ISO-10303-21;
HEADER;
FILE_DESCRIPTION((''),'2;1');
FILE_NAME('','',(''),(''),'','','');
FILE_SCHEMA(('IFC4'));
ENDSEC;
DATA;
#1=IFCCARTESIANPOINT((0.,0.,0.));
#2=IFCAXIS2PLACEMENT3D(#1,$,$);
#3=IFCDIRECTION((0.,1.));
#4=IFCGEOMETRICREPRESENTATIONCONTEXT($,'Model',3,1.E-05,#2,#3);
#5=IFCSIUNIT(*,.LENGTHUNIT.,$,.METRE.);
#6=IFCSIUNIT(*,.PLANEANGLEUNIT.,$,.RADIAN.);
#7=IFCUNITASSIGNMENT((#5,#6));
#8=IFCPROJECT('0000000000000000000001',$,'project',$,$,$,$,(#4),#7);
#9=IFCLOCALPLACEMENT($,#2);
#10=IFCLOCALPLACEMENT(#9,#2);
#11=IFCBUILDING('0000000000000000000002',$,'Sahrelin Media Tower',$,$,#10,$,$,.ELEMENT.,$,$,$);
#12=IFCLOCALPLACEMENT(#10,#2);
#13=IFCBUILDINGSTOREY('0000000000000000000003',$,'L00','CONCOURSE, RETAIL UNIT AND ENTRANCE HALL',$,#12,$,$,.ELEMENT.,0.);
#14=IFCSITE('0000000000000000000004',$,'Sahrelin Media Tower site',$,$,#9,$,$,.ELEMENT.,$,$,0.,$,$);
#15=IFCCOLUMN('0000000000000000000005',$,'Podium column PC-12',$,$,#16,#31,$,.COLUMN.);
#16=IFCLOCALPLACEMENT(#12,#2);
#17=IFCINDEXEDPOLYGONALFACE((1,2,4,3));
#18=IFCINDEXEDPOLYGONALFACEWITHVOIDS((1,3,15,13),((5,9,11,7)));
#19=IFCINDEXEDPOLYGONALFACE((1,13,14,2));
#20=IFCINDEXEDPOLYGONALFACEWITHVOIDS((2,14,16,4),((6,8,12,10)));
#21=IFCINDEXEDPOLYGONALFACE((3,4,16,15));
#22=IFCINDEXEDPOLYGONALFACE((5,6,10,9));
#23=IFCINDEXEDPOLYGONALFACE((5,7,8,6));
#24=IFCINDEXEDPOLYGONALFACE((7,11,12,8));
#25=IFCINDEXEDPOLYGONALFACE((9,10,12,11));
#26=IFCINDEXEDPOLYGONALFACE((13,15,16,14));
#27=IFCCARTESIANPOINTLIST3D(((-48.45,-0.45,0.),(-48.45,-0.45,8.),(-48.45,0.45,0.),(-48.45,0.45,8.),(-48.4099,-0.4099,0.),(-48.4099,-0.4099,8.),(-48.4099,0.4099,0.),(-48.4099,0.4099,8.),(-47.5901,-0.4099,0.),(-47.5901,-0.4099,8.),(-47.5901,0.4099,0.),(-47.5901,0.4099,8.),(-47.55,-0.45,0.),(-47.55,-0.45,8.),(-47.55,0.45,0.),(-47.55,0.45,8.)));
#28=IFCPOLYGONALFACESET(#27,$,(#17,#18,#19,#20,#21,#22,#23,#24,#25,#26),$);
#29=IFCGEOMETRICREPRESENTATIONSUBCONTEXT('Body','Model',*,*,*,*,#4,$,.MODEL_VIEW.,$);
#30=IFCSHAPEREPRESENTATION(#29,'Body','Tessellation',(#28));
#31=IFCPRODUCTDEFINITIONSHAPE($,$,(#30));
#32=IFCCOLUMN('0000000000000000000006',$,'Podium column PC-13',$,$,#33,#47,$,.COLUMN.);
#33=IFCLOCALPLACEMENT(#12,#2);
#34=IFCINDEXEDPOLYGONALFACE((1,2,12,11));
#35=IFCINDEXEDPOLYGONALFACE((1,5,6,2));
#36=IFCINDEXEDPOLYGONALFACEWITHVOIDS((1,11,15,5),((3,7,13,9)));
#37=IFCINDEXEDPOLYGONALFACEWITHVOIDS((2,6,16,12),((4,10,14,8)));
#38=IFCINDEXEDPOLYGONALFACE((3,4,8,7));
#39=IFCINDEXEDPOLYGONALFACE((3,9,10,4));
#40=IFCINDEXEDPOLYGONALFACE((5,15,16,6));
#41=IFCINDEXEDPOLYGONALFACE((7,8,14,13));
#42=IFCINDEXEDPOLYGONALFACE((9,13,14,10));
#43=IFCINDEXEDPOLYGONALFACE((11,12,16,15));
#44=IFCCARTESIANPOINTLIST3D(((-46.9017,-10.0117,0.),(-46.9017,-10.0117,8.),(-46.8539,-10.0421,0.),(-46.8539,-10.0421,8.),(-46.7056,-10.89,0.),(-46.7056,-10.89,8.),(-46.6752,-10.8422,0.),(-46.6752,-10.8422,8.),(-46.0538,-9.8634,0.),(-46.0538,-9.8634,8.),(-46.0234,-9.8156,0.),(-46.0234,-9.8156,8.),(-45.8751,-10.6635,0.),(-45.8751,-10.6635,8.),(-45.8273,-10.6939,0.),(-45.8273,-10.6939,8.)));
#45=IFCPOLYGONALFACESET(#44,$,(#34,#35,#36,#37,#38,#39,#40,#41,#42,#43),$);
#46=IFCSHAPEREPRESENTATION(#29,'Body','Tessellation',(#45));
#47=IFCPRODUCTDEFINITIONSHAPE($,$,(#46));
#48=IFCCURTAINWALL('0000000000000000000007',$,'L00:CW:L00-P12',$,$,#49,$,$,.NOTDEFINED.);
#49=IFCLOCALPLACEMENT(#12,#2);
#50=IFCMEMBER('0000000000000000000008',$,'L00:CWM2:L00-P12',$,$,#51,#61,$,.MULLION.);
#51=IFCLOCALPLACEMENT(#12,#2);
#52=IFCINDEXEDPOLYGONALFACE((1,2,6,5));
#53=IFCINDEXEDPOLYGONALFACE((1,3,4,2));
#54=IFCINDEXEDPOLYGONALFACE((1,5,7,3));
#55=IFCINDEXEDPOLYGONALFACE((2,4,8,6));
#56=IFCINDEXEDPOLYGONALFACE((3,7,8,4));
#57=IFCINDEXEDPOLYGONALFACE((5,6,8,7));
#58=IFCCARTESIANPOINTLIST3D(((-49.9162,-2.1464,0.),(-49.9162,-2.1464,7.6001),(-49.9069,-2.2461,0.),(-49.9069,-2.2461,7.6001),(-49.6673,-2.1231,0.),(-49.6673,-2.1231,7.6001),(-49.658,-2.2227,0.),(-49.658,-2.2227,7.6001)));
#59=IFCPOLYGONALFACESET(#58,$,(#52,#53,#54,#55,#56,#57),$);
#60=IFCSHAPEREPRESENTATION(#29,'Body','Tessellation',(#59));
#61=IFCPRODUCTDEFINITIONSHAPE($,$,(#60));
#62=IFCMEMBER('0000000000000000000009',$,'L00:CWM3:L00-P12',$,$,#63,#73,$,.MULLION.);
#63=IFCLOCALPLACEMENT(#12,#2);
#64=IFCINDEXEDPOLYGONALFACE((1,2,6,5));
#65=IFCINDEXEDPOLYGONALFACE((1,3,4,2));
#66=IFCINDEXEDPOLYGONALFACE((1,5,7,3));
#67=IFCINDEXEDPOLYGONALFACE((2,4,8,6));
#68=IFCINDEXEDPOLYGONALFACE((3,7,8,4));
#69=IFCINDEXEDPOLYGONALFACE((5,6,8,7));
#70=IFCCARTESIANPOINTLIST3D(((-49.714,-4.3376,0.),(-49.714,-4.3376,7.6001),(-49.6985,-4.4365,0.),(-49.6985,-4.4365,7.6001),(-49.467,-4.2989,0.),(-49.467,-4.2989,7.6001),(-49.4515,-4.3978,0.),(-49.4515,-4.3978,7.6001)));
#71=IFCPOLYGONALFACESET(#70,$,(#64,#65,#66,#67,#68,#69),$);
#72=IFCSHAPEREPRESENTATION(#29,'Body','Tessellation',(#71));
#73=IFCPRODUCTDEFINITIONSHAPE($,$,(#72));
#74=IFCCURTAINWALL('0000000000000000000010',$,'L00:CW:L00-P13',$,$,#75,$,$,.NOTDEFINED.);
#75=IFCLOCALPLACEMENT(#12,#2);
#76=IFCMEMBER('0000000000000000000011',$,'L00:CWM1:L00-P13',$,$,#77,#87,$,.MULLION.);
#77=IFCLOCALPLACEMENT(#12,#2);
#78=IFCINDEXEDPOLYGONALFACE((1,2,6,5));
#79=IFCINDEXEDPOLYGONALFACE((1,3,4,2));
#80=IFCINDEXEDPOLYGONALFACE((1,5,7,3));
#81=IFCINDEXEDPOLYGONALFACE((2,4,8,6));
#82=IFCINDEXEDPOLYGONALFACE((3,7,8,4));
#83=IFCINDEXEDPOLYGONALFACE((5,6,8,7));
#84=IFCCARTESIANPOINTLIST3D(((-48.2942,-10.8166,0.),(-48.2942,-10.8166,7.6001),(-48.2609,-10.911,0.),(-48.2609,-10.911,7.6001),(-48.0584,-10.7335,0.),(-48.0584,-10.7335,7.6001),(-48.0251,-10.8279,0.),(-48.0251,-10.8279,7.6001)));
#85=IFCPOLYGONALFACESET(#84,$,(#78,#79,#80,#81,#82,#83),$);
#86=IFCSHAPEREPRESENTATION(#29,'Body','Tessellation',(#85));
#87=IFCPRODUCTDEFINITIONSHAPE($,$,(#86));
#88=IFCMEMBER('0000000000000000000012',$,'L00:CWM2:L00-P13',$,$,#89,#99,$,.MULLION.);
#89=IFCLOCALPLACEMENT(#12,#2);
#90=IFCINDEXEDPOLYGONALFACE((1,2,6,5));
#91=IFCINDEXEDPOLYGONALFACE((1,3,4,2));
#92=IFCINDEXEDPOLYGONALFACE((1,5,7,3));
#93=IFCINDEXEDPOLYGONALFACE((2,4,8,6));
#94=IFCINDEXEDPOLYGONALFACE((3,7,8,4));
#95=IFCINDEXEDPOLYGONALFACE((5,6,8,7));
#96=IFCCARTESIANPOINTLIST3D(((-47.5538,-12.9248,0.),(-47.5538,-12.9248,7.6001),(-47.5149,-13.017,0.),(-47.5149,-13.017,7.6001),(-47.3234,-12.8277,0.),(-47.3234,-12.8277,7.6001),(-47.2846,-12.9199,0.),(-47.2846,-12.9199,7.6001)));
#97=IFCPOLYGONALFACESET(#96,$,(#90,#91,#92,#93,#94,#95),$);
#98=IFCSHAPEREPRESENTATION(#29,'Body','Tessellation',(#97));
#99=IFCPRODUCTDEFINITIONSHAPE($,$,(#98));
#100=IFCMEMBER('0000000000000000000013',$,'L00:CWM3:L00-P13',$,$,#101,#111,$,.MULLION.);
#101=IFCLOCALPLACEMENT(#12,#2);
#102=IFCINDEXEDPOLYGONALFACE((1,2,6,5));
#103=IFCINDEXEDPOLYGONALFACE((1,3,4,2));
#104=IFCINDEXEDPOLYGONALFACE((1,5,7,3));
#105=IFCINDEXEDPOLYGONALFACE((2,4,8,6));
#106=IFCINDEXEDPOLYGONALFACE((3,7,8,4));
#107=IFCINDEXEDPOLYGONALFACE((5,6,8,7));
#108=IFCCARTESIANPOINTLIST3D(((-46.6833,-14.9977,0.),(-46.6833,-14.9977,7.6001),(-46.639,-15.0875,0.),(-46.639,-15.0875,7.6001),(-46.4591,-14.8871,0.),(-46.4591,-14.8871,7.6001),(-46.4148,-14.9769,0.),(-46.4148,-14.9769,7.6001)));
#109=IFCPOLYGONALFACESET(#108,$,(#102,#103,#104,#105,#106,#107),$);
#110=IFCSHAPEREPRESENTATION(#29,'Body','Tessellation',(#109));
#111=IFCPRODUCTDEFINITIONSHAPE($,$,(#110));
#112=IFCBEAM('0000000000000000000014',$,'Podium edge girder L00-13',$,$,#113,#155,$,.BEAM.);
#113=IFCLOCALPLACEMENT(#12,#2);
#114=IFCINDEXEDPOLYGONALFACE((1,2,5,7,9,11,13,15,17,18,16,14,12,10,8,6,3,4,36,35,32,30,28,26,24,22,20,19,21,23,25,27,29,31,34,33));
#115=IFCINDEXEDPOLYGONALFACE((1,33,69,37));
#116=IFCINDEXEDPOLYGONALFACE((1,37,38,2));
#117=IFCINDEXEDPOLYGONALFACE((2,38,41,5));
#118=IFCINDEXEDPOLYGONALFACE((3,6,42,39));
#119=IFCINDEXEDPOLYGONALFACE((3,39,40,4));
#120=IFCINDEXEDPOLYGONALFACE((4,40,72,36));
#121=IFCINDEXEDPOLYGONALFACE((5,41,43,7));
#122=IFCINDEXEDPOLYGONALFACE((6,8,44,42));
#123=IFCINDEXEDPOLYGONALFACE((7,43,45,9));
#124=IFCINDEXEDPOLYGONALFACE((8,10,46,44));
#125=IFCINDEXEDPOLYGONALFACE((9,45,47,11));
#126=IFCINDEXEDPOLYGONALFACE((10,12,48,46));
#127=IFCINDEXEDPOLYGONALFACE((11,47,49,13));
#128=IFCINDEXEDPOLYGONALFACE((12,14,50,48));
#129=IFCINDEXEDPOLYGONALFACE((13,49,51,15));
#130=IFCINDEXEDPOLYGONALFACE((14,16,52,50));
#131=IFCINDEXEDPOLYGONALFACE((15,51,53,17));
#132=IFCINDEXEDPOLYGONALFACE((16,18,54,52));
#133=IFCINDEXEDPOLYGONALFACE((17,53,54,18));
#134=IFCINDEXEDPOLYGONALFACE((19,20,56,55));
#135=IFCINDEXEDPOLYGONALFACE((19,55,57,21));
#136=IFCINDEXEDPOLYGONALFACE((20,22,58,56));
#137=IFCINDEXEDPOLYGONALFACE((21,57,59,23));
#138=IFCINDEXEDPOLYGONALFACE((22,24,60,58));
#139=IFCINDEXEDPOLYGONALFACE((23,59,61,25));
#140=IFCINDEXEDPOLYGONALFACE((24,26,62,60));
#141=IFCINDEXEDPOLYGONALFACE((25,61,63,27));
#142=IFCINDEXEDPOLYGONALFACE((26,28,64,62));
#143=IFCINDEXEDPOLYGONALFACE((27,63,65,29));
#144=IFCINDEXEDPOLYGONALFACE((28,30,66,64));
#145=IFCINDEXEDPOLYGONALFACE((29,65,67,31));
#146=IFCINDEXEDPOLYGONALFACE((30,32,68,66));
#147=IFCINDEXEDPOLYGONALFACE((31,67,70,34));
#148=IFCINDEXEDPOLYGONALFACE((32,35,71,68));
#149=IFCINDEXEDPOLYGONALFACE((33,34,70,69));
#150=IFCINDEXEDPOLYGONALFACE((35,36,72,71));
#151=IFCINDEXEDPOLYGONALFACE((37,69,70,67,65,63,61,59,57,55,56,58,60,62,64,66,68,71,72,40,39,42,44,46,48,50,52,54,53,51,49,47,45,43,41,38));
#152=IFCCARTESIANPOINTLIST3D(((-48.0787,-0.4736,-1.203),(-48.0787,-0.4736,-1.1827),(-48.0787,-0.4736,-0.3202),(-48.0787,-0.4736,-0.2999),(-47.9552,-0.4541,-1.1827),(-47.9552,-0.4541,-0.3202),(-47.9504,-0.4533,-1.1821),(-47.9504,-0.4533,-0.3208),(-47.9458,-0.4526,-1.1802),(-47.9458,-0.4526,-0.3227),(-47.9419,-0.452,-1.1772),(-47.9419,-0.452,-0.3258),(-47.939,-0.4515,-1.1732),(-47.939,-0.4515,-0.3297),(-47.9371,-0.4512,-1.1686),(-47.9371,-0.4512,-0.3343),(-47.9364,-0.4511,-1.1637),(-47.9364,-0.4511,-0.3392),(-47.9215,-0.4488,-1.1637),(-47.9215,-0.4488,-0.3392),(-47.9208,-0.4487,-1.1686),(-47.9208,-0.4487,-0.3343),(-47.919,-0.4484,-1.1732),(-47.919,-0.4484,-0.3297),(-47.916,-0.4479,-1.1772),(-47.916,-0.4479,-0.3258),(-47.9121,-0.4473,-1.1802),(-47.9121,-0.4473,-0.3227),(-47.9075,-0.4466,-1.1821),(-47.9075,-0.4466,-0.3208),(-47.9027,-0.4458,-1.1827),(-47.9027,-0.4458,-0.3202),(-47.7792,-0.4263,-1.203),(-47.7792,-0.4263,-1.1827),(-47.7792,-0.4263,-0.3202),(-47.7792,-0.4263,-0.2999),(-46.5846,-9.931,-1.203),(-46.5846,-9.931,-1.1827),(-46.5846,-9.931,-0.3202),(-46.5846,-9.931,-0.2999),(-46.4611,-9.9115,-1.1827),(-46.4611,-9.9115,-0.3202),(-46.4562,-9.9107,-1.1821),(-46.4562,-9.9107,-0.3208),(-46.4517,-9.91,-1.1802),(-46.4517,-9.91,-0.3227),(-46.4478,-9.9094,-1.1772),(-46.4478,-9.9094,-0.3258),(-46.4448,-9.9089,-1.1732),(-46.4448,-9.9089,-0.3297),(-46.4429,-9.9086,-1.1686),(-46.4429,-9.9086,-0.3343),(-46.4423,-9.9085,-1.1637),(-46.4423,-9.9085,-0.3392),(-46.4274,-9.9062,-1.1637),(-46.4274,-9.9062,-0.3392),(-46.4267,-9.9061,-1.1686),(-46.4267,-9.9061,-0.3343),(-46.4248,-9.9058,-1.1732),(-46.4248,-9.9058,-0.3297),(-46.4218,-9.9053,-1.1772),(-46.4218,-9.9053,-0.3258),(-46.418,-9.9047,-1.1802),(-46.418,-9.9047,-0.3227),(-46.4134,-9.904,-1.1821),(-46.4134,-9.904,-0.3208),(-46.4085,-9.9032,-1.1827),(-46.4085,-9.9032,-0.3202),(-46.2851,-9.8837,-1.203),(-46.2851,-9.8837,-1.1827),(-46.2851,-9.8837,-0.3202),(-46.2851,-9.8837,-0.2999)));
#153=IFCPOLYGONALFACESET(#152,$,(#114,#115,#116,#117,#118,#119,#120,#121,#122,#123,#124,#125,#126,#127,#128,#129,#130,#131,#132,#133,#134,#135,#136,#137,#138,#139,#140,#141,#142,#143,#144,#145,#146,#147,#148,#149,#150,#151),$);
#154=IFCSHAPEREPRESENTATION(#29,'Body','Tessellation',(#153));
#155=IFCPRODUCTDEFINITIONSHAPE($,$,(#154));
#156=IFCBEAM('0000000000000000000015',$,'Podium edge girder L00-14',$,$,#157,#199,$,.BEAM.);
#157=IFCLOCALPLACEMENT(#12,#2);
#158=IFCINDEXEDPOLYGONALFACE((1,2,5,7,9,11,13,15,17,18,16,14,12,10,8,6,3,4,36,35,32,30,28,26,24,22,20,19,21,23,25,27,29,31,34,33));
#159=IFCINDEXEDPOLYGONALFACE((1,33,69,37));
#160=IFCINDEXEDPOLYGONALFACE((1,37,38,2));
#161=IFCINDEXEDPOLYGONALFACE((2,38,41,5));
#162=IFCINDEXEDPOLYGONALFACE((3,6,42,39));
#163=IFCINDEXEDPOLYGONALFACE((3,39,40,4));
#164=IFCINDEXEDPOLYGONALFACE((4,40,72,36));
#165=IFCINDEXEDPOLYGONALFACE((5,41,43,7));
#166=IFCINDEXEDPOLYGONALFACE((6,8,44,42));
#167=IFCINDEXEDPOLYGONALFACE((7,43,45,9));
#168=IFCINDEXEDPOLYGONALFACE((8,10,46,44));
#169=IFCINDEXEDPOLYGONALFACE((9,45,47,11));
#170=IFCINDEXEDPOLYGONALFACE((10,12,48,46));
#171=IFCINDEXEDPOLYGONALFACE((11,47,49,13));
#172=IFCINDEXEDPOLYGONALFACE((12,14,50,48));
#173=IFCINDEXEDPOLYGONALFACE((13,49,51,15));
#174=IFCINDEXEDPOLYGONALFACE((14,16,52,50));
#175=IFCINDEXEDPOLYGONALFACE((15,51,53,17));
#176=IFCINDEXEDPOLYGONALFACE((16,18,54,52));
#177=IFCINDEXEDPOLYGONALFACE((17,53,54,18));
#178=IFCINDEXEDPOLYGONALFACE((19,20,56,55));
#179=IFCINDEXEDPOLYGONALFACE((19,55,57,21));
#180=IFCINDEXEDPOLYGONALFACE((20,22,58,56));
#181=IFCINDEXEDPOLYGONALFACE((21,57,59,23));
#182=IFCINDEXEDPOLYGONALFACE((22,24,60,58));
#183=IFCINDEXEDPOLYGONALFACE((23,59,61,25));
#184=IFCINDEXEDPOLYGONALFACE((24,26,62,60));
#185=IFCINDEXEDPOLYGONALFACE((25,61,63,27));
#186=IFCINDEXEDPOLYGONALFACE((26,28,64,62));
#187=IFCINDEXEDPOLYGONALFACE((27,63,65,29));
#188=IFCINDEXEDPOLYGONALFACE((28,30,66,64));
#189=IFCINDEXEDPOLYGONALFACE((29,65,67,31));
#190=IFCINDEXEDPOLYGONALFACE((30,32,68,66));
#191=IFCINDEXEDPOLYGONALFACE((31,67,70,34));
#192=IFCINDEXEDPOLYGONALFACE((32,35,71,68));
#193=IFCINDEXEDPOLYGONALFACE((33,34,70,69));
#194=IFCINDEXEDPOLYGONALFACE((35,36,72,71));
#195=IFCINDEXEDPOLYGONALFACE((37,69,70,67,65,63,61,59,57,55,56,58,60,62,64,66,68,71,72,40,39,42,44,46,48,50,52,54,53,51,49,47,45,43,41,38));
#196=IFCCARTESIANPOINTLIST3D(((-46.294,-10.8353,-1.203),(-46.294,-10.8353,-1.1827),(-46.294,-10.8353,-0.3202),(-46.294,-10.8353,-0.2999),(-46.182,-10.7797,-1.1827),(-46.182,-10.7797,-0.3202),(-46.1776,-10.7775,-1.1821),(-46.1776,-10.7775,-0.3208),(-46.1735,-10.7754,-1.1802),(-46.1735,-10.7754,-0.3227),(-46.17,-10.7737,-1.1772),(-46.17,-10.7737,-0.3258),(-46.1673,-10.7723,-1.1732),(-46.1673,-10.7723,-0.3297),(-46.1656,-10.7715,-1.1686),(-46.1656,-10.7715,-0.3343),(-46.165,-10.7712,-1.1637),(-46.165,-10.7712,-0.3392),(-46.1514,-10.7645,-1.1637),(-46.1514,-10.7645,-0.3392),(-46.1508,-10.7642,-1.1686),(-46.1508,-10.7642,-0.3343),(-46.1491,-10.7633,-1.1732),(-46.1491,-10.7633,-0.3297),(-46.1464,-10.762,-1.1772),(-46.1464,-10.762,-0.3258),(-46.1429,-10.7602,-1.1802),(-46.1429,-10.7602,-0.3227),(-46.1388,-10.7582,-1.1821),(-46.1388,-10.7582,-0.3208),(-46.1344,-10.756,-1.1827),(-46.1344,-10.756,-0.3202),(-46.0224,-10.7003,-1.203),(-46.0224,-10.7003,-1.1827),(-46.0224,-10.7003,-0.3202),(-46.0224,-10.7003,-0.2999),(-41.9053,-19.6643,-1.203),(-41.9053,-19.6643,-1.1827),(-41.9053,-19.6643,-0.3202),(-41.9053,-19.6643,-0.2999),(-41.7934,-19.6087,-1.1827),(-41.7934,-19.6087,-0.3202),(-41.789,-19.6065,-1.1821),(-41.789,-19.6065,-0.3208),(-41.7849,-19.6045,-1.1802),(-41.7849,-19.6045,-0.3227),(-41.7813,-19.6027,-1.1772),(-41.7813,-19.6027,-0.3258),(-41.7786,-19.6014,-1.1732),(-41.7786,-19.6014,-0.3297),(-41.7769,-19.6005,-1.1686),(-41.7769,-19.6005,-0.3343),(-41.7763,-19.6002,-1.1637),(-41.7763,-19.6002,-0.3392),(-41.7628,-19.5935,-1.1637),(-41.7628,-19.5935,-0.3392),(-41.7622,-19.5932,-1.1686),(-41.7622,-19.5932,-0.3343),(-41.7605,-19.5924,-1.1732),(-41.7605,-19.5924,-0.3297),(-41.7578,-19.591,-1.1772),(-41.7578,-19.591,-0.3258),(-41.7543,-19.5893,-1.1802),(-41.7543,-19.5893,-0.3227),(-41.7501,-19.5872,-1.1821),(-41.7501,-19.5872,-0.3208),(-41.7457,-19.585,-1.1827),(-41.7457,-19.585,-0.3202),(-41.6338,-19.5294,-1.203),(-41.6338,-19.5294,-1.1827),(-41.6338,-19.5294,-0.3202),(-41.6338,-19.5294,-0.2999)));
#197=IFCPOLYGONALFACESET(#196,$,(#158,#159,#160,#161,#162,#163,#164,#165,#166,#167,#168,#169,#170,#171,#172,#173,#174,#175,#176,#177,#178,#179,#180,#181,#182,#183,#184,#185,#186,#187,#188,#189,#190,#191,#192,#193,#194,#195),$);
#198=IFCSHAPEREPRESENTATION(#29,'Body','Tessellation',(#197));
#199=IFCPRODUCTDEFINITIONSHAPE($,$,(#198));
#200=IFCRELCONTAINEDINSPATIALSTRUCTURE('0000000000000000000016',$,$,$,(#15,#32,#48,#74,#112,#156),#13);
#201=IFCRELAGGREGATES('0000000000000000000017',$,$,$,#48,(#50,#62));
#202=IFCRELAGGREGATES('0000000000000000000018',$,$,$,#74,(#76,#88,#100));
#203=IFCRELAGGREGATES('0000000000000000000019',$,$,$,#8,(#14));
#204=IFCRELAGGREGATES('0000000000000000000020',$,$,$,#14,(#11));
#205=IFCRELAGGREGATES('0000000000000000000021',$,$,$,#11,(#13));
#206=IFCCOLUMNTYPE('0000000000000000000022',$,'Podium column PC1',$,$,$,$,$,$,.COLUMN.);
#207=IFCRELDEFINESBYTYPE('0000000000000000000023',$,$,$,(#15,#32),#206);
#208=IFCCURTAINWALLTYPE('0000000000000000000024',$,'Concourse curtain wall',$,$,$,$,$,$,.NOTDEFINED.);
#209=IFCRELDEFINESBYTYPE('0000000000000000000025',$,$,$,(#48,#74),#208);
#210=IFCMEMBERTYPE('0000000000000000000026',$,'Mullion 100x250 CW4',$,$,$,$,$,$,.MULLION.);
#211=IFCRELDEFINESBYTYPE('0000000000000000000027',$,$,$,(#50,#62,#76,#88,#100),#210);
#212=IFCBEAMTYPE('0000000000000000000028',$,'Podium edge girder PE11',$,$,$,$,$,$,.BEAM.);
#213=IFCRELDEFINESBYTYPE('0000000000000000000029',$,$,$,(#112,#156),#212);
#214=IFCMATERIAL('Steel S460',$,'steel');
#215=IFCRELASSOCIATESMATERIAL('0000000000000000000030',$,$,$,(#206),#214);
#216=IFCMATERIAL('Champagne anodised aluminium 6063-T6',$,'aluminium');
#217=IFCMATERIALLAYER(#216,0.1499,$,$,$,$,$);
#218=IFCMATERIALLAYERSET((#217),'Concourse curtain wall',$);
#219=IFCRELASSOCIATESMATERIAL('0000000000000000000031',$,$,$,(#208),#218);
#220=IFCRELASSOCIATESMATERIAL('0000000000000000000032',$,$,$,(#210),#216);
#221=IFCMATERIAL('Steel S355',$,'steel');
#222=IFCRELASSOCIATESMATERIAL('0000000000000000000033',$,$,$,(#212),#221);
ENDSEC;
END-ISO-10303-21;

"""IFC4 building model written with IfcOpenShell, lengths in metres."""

from ifc_helpers import new_model, si_unit, direction, frame, origin, origin_2d, place, context, subcontext, project, spatial, rectangle, hollow_rectangle, i_section, extrude, material, layer, layer_set, material_profile, profile_set, type_object, element, aggregate, save


model = new_model("IFC4")

# Units and contexts
model_context = context("Model", 3, precision=1e-05, world=origin(), true_north=direction((0.0, 1.0)))
body_context = subcontext(model_context, "Body", "Model", "MODEL_VIEW")
ifc_project = project(units=[si_unit("LENGTHUNIT", "METRE"), si_unit("PLANEANGLEUNIT", "RADIAN")], contexts=[model_context])

# Site, building, storey
site_placement = place(None, origin())
site = spatial("IfcSite", under=ifc_project, at=site_placement, Name="Sahrelin Media Tower site", CompositionType="ELEMENT", RefElevation=0.0)
building_placement = place(site_placement, origin())
building = spatial("IfcBuilding", under=site, at=building_placement, Name="Sahrelin Media Tower", CompositionType="ELEMENT")
storey_placement = place(building_placement, origin())
storey = spatial("IfcBuildingStorey", under=building, at=storey_placement, Name="L00", Description="CONCOURSE, RETAIL UNIT AND ENTRANCE HALL", CompositionType="ELEMENT", Elevation=0.0)

# Columns
ifc_material_1 = material(Name="Steel S460", Category="steel")
ifc_material_profile_1 = material_profile(ifc_material_1, hollow_rectangle(XDim=0.8999, YDim=0.8999, WallThickness=0.04, at=origin_2d()), Name="Podium column PC1")
ifc_profile_set_1 = profile_set([ifc_material_profile_1], Name="Steel S460")
column_type = type_object("IfcColumnType", Name="Podium column PC1", PredefinedType="COLUMN", material=ifc_profile_set_1)
for number, where, z_axis, x_axis, name in (
    (1, (-48.0, 0.0, 0.0), (0.0, 0.0, 1.0), (-1.0, 0.0, 0.0), "Podium column PC-12"),
    (2, (-46.3645, -10.3528, 0.0), (0.0, 0.0, 1.0), (-0.975965, -0.217925, 0.0), "Podium column PC-13"),
):
    element("IfcColumn", number, at=place(storey_placement, frame(where, z_axis=z_axis, x_axis=x_axis)), inside=storey, type_object=column_type, Name=name, PredefinedType="COLUMN", context=body_context, shape_type="SweptSolid", body=[
        extrude(hollow_rectangle(XDim=0.8999, YDim=0.8999, WallThickness=0.04, at=origin_2d()), origin(), (0.0, 0.0, 1.0), 8.0),
    ])

# Curtain walls, members
ifc_material_2 = material(Name="Champagne anodised aluminium 6063-T6", Category="aluminium")
ifc_layer_1 = layer(ifc_material_2, 0.1499)
ifc_layer_set_1 = layer_set([ifc_layer_1], Name="Concourse curtain wall")
curtain_wall_type = type_object("IfcCurtainWallType", Name="Concourse curtain wall", PredefinedType="NOTDEFINED", material=ifc_layer_set_1)
curtain_wall_1_placement = place(storey_placement, frame((-50.0, 0.0, 0.0), z_axis=(0.0, 0.0, 1.0), x_axis=(1.0, 0.0, 0.0)))
curtain_wall_1 = element("IfcCurtainWall", 3, at=curtain_wall_1_placement, inside=storey, type_object=curtain_wall_type, Name="L00:CW:L00-P12", PredefinedType="NOTDEFINED")
ifc_material_profile_2 = material_profile(ifc_material_2, rectangle(XDim=0.1001, YDim=0.25, at=origin_2d()), Name="Mullion 100x250")
ifc_profile_set_2 = profile_set([ifc_material_profile_2], Name="Champagne anodised aluminium 6063-T6")
member_type_1 = type_object("IfcMemberType", Name="Mullion 100x250 CW4", PredefinedType="MULLION", material=ifc_profile_set_2)
member_1_placement = place(storey_placement, frame((-49.7871, -2.1846, 0.0), z_axis=(0.0, 0.0, 1.0), x_axis=(0.093292, -0.995639, 0.0)))
member_1 = element("IfcMember", 4, at=member_1_placement, type_object=member_type_1, Name="L00:CWM2:L00-P12", PredefinedType="MULLION", context=body_context, shape_type="SweptSolid", body=[
    extrude(rectangle(XDim=0.1001, YDim=0.25, at=origin_2d()), origin(), (0.0, 0.0, 1.0), 7.6001),
])
member_2_placement = place(storey_placement, frame((-49.5828, -4.3677, 0.0), z_axis=(0.0, 0.0, 1.0), x_axis=(0.154852, -0.987938, 0.0)))
member_2 = element("IfcMember", 5, at=member_2_placement, type_object=member_type_1, Name="L00:CWM3:L00-P12", PredefinedType="MULLION", context=body_context, shape_type="SweptSolid", body=[
    extrude(rectangle(XDim=0.1001, YDim=0.25, at=origin_2d()), origin(), (0.0, 0.0, 1.0), 7.6001),
])
curtain_wall_2_placement = place(storey_placement, frame((-48.2964, -10.8704, 0.0), z_axis=(0.0, 0.0, 1.0), x_axis=(1.0, 0.0, 0.0)))
curtain_wall_2 = element("IfcCurtainWall", 6, at=curtain_wall_2_placement, inside=storey, type_object=curtain_wall_type, Name="L00:CW:L00-P13", PredefinedType="NOTDEFINED")
member_3_placement = place(storey_placement, frame((-48.1597, -10.8223, 0.0), z_axis=(0.0, 0.0, 1.0), x_axis=(0.332579, -0.943075, 0.0)))
member_3 = element("IfcMember", 7, at=member_3_placement, type_object=member_type_1, Name="L00:CWM1:L00-P13", PredefinedType="MULLION", context=body_context, shape_type="SweptSolid", body=[
    extrude(rectangle(XDim=0.1001, YDim=0.25, at=origin_2d()), origin(), (0.0, 0.0, 1.0), 7.6001),
])
member_4_placement = place(storey_placement, frame((-47.4192, -12.9224, 0.0), z_axis=(0.0, 0.0, 1.0), x_axis=(0.38845, -0.92147, 0.0)))
member_4 = element("IfcMember", 8, at=member_4_placement, type_object=member_type_1, Name="L00:CWM2:L00-P13", PredefinedType="MULLION", context=body_context, shape_type="SweptSolid", body=[
    extrude(rectangle(XDim=0.1001, YDim=0.25, at=origin_2d()), origin(), (0.0, 0.0, 1.0), 7.6001),
])
member_5_placement = place(storey_placement, frame((-46.5491, -14.9873, 0.0), z_axis=(0.0, 0.0, 1.0), x_axis=(0.442262, -0.896886, 0.0)))
member_5 = element("IfcMember", 9, at=member_5_placement, type_object=member_type_1, Name="L00:CWM3:L00-P13", PredefinedType="MULLION", context=body_context, shape_type="SweptSolid", body=[
    extrude(rectangle(XDim=0.1001, YDim=0.25, at=origin_2d()), origin(), (0.0, 0.0, 1.0), 7.6001),
])

# Beams
ifc_material_3 = material(Name="Steel S355", Category="steel")
ifc_material_profile_3 = material_profile(ifc_material_3, i_section(OverallWidth=0.3032, OverallDepth=0.9031, WebThickness=0.0151, FlangeThickness=0.0203, FilletRadius=0.019, at=origin_2d()), Name="UB 914x305x201")
ifc_profile_set_3 = profile_set([ifc_material_profile_3], Name="Steel S355")
beam_type = type_object("IfcBeamType", Name="Podium edge girder PE11", PredefinedType="BEAM", material=ifc_profile_set_3)
beam_1_placement = place(storey_placement, frame((-47.929, -0.45, -0.7515), z_axis=(0.156049, -0.987749, 0.0), x_axis=(0.987749, 0.156049, 0.0)))
element("IfcBeam", 10, at=beam_1_placement, inside=storey, type_object=beam_type, Name="Podium edge girder L00-13", PredefinedType="BEAM", context=body_context, shape_type="SweptSolid", body=[
    extrude(i_section(OverallWidth=0.3032, OverallDepth=0.9031, WebThickness=0.0151, FlangeThickness=0.0203, FilletRadius=0.019, at=origin_2d()), origin(), (0.0, 0.0, 1.0), 9.5747),
])
beam_2_placement = place(storey_placement, frame((-46.1582, -10.7678, -0.7515), z_axis=(0.445113, -0.895475, 0.0), x_axis=(0.895475, 0.445113, 0.0)))
element("IfcBeam", 11, at=beam_2_placement, inside=storey, type_object=beam_type, Name="Podium edge girder L00-14", PredefinedType="BEAM", context=body_context, shape_type="SweptSolid", body=[
    extrude(i_section(OverallWidth=0.3032, OverallDepth=0.9031, WebThickness=0.0151, FlangeThickness=0.0203, FilletRadius=0.019, at=origin_2d()), origin(), (0.0, 0.0, 1.0), 9.8596),
])

aggregate(curtain_wall_1, [member_1, member_2])
aggregate(curtain_wall_2, [member_3, member_4, member_5])

save(model, "model.ifc")
